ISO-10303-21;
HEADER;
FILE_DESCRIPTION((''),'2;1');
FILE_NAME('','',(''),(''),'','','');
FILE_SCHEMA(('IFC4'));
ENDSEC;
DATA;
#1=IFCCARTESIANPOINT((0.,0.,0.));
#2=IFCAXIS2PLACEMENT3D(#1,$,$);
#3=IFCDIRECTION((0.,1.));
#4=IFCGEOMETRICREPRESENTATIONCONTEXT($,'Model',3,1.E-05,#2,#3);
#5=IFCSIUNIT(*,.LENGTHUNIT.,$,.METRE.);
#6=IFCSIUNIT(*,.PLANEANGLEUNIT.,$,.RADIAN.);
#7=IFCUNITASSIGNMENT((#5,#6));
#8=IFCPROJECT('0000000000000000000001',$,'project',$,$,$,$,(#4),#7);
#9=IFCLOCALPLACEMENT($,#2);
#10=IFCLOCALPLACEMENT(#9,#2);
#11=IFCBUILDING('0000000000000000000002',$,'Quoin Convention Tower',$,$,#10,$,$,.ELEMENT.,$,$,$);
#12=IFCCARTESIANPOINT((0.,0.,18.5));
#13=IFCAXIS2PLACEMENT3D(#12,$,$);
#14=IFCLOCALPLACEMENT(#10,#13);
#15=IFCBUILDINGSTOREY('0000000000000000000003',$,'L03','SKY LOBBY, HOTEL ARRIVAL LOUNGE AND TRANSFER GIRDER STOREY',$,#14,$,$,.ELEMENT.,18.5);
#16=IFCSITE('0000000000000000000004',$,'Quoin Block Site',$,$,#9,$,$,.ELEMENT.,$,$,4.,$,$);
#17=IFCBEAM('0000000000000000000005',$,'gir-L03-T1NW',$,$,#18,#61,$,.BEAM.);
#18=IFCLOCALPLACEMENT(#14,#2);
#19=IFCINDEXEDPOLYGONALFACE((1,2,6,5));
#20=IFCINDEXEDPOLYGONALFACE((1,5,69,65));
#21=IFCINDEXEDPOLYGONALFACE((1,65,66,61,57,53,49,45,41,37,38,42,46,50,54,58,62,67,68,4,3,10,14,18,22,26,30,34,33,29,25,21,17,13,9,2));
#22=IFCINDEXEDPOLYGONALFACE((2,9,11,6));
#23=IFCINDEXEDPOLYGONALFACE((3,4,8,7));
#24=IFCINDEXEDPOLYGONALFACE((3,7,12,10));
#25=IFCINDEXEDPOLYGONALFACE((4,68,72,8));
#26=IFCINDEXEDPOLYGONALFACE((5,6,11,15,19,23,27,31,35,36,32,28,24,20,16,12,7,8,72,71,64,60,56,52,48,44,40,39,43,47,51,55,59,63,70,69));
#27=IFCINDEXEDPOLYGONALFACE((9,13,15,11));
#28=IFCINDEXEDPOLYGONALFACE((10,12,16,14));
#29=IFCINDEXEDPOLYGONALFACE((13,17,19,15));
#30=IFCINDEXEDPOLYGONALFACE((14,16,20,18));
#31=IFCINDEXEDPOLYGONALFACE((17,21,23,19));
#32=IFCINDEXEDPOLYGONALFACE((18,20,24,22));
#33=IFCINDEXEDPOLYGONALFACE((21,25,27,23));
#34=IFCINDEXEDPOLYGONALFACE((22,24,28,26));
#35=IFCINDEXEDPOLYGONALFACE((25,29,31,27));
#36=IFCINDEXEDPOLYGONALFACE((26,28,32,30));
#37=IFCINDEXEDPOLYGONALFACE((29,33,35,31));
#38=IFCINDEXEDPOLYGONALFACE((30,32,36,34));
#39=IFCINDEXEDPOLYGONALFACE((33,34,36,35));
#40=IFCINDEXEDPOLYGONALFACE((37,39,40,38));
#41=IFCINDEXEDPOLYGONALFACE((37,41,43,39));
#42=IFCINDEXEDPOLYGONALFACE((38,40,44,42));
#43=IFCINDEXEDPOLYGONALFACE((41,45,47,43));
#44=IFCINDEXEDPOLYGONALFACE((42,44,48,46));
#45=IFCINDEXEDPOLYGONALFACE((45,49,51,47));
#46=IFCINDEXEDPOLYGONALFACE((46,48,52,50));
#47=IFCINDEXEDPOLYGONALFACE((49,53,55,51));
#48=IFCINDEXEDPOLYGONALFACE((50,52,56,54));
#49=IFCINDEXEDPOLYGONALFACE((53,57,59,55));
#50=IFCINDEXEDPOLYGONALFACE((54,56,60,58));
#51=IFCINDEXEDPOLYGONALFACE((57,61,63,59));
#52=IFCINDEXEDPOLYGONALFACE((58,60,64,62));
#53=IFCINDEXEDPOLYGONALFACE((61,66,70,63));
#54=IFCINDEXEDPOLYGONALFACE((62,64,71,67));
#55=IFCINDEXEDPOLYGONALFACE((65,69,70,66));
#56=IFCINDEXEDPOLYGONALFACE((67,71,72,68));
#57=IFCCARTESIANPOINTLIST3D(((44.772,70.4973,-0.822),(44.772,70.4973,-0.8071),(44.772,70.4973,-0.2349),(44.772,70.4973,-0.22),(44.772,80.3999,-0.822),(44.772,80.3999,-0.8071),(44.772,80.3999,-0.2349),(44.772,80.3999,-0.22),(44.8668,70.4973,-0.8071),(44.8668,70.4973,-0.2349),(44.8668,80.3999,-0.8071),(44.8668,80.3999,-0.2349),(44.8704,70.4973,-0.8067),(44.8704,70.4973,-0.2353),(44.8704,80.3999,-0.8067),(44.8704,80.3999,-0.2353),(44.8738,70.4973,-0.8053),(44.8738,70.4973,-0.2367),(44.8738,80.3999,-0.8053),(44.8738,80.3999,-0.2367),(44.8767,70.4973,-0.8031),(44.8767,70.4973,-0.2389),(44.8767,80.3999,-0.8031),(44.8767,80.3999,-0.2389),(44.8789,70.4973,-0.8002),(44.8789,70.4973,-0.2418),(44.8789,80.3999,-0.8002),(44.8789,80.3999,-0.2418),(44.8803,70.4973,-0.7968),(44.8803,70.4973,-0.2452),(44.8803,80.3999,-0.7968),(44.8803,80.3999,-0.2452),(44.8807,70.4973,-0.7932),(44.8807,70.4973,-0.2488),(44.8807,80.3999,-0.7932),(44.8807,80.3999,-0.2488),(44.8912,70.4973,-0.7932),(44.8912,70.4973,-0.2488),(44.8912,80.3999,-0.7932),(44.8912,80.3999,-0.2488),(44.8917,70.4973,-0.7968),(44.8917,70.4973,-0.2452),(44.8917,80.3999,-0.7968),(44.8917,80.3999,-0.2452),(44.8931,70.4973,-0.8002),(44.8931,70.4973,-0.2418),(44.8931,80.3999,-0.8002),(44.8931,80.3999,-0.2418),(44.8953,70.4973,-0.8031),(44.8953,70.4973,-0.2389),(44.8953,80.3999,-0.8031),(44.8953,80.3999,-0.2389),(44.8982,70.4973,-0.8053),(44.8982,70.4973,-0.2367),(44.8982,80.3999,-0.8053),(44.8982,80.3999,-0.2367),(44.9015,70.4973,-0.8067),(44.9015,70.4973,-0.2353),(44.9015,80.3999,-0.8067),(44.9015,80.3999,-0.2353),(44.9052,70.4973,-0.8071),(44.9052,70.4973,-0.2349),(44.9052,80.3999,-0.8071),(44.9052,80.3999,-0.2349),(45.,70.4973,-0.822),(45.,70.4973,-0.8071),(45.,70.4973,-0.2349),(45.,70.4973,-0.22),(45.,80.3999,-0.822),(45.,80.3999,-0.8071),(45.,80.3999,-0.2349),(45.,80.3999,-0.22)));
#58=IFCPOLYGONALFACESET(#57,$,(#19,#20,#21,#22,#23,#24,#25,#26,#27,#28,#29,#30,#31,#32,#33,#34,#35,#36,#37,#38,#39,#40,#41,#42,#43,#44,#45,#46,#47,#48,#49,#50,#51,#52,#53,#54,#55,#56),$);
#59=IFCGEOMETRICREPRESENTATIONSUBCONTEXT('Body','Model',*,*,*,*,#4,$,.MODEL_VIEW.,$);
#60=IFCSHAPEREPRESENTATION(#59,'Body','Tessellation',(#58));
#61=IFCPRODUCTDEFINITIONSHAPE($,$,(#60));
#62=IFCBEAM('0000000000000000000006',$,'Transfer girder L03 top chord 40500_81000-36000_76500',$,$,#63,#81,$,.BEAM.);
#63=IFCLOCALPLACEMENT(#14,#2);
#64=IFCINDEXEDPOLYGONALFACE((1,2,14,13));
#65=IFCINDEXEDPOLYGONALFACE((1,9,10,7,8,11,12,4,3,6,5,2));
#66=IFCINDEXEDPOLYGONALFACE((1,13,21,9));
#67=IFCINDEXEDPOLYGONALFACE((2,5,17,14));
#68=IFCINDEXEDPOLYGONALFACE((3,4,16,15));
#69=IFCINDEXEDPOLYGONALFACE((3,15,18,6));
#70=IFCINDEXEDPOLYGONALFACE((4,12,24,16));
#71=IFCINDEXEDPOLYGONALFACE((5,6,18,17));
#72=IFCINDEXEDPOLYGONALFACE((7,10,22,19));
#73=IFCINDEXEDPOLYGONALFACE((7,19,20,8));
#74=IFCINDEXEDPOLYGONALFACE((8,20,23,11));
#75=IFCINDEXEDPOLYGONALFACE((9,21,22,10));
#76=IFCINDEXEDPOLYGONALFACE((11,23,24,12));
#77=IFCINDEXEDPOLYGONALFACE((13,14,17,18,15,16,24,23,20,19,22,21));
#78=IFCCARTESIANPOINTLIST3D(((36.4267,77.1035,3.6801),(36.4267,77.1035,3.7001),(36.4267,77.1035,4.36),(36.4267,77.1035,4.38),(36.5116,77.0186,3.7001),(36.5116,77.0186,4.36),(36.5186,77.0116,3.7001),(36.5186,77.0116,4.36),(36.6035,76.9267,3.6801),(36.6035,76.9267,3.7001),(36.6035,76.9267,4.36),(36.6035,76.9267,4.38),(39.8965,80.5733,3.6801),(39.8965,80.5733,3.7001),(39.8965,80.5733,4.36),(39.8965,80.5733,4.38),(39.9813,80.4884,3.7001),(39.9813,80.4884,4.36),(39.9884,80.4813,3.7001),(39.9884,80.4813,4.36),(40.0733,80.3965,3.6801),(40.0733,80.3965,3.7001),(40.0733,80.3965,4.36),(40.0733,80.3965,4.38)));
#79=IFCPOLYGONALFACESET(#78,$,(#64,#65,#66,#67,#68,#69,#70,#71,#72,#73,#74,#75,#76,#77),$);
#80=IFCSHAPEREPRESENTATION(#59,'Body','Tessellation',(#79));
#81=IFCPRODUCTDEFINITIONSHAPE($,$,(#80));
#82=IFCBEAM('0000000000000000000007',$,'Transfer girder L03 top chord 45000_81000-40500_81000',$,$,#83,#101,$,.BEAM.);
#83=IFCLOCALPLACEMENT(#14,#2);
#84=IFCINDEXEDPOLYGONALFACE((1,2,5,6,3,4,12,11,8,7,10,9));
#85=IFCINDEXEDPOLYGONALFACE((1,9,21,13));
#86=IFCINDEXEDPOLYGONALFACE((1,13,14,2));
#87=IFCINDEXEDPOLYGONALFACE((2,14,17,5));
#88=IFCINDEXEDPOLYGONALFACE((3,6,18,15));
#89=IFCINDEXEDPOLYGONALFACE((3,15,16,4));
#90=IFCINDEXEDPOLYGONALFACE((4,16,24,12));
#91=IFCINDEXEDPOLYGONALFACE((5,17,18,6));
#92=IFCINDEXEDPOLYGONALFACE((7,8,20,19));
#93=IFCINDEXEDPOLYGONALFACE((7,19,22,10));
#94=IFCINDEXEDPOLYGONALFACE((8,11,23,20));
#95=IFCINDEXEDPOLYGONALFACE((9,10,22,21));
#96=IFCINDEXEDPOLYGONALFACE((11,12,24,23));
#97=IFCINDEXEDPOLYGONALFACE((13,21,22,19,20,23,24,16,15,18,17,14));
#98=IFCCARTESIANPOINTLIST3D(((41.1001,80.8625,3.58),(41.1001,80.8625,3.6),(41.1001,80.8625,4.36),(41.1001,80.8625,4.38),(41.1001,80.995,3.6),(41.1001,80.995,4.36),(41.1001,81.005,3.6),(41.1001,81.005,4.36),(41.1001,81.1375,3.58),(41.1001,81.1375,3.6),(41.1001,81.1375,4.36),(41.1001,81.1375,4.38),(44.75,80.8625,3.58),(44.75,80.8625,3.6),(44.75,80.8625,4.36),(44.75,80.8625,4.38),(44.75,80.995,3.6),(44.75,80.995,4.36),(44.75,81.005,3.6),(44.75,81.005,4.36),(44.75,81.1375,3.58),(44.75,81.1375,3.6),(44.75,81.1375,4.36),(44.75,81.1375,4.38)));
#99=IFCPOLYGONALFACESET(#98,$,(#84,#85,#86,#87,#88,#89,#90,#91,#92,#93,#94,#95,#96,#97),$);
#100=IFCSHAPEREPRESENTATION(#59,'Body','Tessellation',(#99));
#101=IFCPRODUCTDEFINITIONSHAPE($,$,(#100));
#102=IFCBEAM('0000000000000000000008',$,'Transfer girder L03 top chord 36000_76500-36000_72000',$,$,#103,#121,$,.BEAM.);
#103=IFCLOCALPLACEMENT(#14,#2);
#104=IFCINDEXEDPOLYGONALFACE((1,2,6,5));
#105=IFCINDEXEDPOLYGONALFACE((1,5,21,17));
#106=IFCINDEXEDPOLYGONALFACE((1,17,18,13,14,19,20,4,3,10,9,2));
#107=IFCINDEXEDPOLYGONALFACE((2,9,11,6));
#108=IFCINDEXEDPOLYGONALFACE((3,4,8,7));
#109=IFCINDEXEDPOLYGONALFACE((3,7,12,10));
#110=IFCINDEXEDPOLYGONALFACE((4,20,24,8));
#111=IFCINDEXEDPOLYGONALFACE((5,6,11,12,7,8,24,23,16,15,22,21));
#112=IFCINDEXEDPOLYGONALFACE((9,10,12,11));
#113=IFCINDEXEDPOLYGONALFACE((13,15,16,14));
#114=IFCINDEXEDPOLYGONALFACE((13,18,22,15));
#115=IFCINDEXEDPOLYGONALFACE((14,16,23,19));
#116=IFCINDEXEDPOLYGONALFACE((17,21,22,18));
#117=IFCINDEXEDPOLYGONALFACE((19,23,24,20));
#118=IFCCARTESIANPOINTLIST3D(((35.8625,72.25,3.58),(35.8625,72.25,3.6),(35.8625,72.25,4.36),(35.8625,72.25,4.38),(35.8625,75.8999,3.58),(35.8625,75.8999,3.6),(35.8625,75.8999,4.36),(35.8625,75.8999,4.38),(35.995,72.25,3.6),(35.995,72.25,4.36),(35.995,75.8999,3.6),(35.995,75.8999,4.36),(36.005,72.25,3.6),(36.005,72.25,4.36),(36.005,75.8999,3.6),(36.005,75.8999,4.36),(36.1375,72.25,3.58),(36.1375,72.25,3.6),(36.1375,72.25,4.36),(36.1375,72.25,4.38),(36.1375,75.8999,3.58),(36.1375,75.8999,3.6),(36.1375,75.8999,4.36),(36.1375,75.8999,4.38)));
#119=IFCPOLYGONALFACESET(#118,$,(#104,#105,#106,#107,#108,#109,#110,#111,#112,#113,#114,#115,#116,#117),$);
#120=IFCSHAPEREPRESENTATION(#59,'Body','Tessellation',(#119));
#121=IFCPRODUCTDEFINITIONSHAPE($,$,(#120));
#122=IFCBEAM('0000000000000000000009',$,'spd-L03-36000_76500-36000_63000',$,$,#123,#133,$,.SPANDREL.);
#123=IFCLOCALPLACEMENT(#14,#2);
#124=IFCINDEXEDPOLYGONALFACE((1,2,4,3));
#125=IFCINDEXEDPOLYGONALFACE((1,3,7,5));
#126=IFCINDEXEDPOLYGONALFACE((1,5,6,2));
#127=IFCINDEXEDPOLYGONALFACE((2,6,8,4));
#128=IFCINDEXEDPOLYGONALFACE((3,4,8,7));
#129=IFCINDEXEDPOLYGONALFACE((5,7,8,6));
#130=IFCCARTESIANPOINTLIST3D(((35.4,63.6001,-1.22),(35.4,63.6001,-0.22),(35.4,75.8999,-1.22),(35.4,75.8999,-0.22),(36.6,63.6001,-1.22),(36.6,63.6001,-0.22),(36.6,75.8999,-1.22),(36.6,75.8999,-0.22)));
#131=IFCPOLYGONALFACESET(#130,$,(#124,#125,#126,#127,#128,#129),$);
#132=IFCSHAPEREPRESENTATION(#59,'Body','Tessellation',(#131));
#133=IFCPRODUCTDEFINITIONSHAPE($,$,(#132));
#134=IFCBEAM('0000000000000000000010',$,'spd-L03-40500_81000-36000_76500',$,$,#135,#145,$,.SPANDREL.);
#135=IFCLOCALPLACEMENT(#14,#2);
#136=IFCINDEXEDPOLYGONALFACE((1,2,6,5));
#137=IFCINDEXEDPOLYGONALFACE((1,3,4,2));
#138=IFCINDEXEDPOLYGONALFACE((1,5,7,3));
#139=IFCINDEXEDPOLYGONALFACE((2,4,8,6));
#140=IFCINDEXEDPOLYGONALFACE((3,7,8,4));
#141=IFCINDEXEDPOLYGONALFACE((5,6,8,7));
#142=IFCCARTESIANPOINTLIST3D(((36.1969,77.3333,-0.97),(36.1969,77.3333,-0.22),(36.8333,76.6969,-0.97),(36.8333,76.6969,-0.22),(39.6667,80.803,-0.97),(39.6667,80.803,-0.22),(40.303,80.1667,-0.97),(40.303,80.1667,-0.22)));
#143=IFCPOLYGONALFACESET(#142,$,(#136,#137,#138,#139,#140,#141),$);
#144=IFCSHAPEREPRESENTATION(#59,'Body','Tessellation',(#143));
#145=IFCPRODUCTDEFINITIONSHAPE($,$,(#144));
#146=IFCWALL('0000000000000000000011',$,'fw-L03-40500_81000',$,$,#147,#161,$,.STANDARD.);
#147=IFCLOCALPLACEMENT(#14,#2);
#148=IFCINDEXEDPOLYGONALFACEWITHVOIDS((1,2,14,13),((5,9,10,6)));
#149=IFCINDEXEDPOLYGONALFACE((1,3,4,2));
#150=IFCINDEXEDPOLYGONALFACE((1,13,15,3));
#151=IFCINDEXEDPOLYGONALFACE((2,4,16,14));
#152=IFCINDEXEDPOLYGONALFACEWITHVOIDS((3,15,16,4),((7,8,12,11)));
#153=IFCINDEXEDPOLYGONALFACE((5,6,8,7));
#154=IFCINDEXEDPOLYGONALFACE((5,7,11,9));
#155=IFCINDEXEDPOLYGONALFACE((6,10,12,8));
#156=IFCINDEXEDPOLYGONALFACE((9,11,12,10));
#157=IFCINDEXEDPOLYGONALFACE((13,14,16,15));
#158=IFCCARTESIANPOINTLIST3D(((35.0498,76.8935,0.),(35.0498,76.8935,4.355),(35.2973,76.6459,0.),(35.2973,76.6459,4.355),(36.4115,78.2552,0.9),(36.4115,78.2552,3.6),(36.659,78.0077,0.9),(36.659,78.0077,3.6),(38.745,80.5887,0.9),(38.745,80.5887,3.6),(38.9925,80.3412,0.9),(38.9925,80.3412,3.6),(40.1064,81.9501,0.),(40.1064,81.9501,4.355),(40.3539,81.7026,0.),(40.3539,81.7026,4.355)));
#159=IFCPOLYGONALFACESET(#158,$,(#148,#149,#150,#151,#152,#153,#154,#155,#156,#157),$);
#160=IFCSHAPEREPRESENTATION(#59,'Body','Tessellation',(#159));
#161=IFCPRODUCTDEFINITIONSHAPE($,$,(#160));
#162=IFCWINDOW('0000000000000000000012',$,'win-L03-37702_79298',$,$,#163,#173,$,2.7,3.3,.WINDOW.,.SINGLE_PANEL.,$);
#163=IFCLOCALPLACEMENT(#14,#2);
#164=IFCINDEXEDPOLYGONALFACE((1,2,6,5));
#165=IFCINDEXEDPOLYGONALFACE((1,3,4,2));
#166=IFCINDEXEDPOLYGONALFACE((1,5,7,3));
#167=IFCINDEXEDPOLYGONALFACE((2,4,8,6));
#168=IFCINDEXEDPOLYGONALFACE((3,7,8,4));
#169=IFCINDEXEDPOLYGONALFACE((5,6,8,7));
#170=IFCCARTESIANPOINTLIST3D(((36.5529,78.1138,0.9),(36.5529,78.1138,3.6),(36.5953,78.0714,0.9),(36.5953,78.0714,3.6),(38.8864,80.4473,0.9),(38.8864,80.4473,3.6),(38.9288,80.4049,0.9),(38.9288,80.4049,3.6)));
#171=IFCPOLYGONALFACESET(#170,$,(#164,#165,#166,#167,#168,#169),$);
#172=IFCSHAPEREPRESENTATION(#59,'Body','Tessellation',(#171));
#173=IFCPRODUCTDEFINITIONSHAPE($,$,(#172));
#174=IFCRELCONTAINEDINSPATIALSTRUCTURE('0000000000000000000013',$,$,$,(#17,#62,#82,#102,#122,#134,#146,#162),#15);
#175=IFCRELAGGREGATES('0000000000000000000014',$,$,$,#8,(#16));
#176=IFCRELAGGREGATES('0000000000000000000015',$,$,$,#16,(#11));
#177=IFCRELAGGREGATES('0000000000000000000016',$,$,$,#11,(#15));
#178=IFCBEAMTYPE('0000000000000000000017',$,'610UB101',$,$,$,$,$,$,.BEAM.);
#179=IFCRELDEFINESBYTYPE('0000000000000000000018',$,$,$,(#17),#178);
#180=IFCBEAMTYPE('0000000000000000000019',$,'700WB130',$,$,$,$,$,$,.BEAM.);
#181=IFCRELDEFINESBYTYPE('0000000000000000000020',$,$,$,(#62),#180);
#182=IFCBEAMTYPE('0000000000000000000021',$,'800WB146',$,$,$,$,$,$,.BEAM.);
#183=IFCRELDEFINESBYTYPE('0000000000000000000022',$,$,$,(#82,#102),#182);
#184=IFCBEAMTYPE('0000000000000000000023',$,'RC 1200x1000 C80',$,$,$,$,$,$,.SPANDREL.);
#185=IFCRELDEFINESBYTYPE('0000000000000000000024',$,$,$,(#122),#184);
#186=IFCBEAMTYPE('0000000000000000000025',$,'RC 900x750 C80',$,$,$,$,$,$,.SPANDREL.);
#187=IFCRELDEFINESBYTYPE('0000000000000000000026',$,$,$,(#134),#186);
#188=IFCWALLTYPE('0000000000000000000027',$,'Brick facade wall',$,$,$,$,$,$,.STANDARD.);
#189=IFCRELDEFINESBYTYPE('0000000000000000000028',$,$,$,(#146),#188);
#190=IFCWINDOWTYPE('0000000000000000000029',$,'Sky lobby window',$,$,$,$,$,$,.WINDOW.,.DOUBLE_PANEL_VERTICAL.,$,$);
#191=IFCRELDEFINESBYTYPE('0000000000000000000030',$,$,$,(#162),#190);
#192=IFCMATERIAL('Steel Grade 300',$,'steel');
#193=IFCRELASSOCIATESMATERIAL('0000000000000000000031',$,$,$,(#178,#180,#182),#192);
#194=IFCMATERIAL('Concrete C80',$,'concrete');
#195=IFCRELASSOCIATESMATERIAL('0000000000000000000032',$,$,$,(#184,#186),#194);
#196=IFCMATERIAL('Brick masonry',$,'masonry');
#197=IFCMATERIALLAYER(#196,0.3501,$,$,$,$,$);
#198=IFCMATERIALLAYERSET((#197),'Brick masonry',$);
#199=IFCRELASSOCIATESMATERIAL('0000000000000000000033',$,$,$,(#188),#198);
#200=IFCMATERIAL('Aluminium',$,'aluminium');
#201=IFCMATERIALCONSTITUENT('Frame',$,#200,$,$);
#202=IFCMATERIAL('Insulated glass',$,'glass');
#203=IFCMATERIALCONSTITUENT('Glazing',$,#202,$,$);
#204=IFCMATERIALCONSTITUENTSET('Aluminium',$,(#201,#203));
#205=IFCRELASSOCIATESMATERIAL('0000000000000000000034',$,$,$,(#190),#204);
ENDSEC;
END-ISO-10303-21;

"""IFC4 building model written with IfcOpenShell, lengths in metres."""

from ifc_helpers import new_model, si_unit, direction, frame, frame_2d, origin, origin_2d, place, context, subcontext, project, spatial, rectangle, i_section, extrude, material, layer, layer_set, constituent, constituent_set, material_profile, profile_set, type_object, element, fill, save


model = new_model("IFC4")

# Units and contexts
model_context = context("Model", 3, precision=1e-05, world=origin(), true_north=direction((0.0, 1.0)))
body_context = subcontext(model_context, "Body", "Model", "MODEL_VIEW")
ifc_project = project(units=[si_unit("LENGTHUNIT", "METRE"), si_unit("PLANEANGLEUNIT", "RADIAN")], contexts=[model_context])

# Site, building, storey
site_placement = place(None, origin())
site = spatial("IfcSite", under=ifc_project, at=site_placement, Name="Quoin Block Site", CompositionType="ELEMENT", RefElevation=4.0)
building_placement = place(site_placement, origin())
building = spatial("IfcBuilding", under=site, at=building_placement, Name="Quoin Convention Tower", CompositionType="ELEMENT")
storey_placement = place(building_placement, frame((0.0, 0.0, 18.5)))
storey = spatial("IfcBuildingStorey", under=building, at=storey_placement, Name="L03", Description="SKY LOBBY, HOTEL ARRIVAL LOUNGE AND TRANSFER GIRDER STOREY", CompositionType="ELEMENT", Elevation=18.5)

# Shared definitions
ifc_material_1 = material(Name="Concrete C80", Category="concrete")

# Shared definitions
ifc_material_2 = material(Name="Steel Grade 300", Category="steel")

# Beams
ifc_material_profile_1 = material_profile(ifc_material_2, i_section(OverallWidth=0.228, OverallDepth=0.6021, WebThickness=0.0105, FlangeThickness=0.0149, FilletRadius=0.0139, at=origin_2d()), Name="610UB101")
ifc_profile_set_1 = profile_set([ifc_material_profile_1], Name="Steel Grade 300")
beam_type_1 = type_object("IfcBeamType", Name="610UB101", PredefinedType="BEAM", material=ifc_profile_set_1)
beam_1_placement = place(storey_placement, frame((44.886, 80.3999, -0.521), z_axis=(0.0, -1.0, 0.0), x_axis=(1.0, 0.0, 0.0)))
element("IfcBeam", 1, at=beam_1_placement, inside=storey, type_object=beam_type_1, Name="gir-L03-T1NW", PredefinedType="BEAM", context=body_context, shape_type="SweptSolid", body=[
    extrude(i_section(OverallWidth=0.228, OverallDepth=0.6021, WebThickness=0.0105, FlangeThickness=0.0149, FilletRadius=0.0139, at=origin_2d()), origin(), (0.0, 0.0, 1.0), 9.9026),
])
ifc_material_profile_2 = material_profile(ifc_material_2, i_section(OverallWidth=0.25, OverallDepth=0.7, WebThickness=0.01, FlangeThickness=0.02, at=origin_2d()), Name="700WB130")
ifc_profile_set_2 = profile_set([ifc_material_profile_2], Name="Steel Grade 300")
beam_type_2 = type_object("IfcBeamType", Name="700WB130", PredefinedType="BEAM", material=ifc_profile_set_2)
beam_2_placement = place(storey_placement, frame((39.9849, 80.4849, 4.03), z_axis=(-0.707107, -0.707107, 0.0), x_axis=(0.707107, -0.707107, 0.0)))
element("IfcBeam", 2, at=beam_2_placement, inside=storey, type_object=beam_type_2, Name="Transfer girder L03 top chord 40500_81000-36000_76500", PredefinedType="BEAM", context=body_context, shape_type="SweptSolid", body=[
    extrude(i_section(OverallWidth=0.25, OverallDepth=0.7, WebThickness=0.01, FlangeThickness=0.02, at=origin_2d()), origin(), (0.0, 0.0, 1.0), 4.907),
])
ifc_material_profile_3 = material_profile(ifc_material_2, i_section(OverallWidth=0.2749, OverallDepth=0.8, WebThickness=0.01, FlangeThickness=0.02, at=origin_2d()), Name="800WB146")
ifc_profile_set_3 = profile_set([ifc_material_profile_3], Name="Steel Grade 300")
beam_type_3 = type_object("IfcBeamType", Name="800WB146", PredefinedType="BEAM", material=ifc_profile_set_3)
for number, where, z_axis, x_axis, name in (
    (3, (44.75, 81.0, 3.98), (-1.0, 0.0, 0.0), (0.0, -1.0, 0.0), "Transfer girder L03 top chord 45000_81000-40500_81000"),
    (4, (36.0, 75.8999, 3.98), (0.0, -1.0, 0.0), (1.0, 0.0, 0.0), "Transfer girder L03 top chord 36000_76500-36000_72000"),
):
    element("IfcBeam", number, at=place(storey_placement, frame(where, z_axis=z_axis, x_axis=x_axis)), inside=storey, type_object=beam_type_3, Name=name, PredefinedType="BEAM", context=body_context, shape_type="SweptSolid", body=[
        extrude(i_section(OverallWidth=0.2749, OverallDepth=0.8, WebThickness=0.01, FlangeThickness=0.02, at=origin_2d()), origin(), (0.0, 0.0, 1.0), 3.6499),
    ])
ifc_material_profile_4 = material_profile(ifc_material_1, rectangle(XDim=1.2, YDim=1.0, at=origin_2d()), Name="RC 1200x1000")
ifc_profile_set_4 = profile_set([ifc_material_profile_4], Name="Concrete C80")
beam_type_4 = type_object("IfcBeamType", Name="RC 1200x1000 C80", PredefinedType="SPANDREL", material=ifc_profile_set_4)
beam_3_placement = place(storey_placement, frame((36.0, 75.8999, -0.72), z_axis=(0.0, -1.0, 0.0), x_axis=(1.0, 0.0, 0.0)))
element("IfcBeam", 5, at=beam_3_placement, inside=storey, type_object=beam_type_4, Name="spd-L03-36000_76500-36000_63000", PredefinedType="SPANDREL", context=body_context, shape_type="SweptSolid", body=[
    extrude(rectangle(XDim=1.2, YDim=1.0, at=origin_2d()), origin(), (0.0, 0.0, 1.0), 12.2998),
])
ifc_material_profile_5 = material_profile(ifc_material_1, rectangle(XDim=0.8999, YDim=0.75, at=origin_2d()), Name="RC 900x750")
ifc_profile_set_5 = profile_set([ifc_material_profile_5], Name="Concrete C80")
beam_type_5 = type_object("IfcBeamType", Name="RC 900x750 C80", PredefinedType="SPANDREL", material=ifc_profile_set_5)
beam_4_placement = place(storey_placement, frame((39.9849, 80.4849, -0.595), z_axis=(-0.707107, -0.707107, 0.0), x_axis=(0.707107, -0.707107, 0.0)))
element("IfcBeam", 6, at=beam_4_placement, inside=storey, type_object=beam_type_5, Name="spd-L03-40500_81000-36000_76500", PredefinedType="SPANDREL", context=body_context, shape_type="SweptSolid", body=[
    extrude(rectangle(XDim=0.8999, YDim=0.75, at=origin_2d()), origin(), (0.0, 0.0, 1.0), 4.907),
])

# Wall, opening, window
ifc_material_3 = material(Name="Brick masonry", Category="masonry")
ifc_layer_1 = layer(ifc_material_3, 0.3501)
ifc_layer_set_1 = layer_set([ifc_layer_1], Name="Brick masonry")
wall_type_1 = type_object("IfcWallType", Name="Brick facade wall", PredefinedType="STANDARD", material=ifc_layer_set_1)
wall_1_placement = place(storey_placement, frame((40.2302, 81.8264, 0.0), z_axis=(0.0, 0.0, 1.0), x_axis=(-0.707107, -0.707107, 0.0)))
wall_1 = element("IfcWall", 7, at=wall_1_placement, inside=storey, type_object=wall_type_1, Name="fw-L03-40500_81000", PredefinedType="STANDARD", context=body_context, shape_type="SweptSolid", body=[
    extrude(rectangle(XDim=7.1511, YDim=0.3501, at=frame_2d((3.5757, 0.0))), origin(), (0.0, 0.0, 1.0), 4.355),
])
opening_1_placement = place(wall_1_placement, frame((1.9255, 0.0, 0.8999)))
opening_1 = element("IfcOpeningElement", 8, at=opening_1_placement, cuts=wall_1, PredefinedType="OPENING", context=body_context, shape_type="SweptSolid", body=[
    extrude(rectangle(XDim=3.3, YDim=2.7, at=frame_2d((1.6499, 1.3501))), frame((0.0, 0.1851, 0.0), z_axis=(0.0, -1.0, 0.0), x_axis=(1.0, 0.0, 0.0)), (0.0, 0.0, 1.0), 0.3701),
])
ifc_material_4 = material(Name="Aluminium", Category="aluminium")
ifc_constituent_1 = constituent(ifc_material_4, Name="Frame")
ifc_material_5 = material(Name="Insulated glass", Category="glass")
ifc_constituent_2 = constituent(ifc_material_5, Name="Glazing")
ifc_constituent_set = constituent_set(constituents=[ifc_constituent_1, ifc_constituent_2], Name="Aluminium")
window_type = type_object("IfcWindowType", Name="Sky lobby window", PartitioningType="DOUBLE_PANEL_VERTICAL", PredefinedType="WINDOW", material=ifc_constituent_set)
window_placement = place(opening_1_placement, origin())
window = element("IfcWindow", 9, at=window_placement, inside=storey, type_object=window_type, Name="win-L03-37702_79298", OverallHeight=2.7, OverallWidth=3.3, PartitioningType="SINGLE_PANEL", PredefinedType="WINDOW", context=body_context, shape_type="SweptSolid", body=[
    extrude(rectangle(XDim=3.3, YDim=2.7, at=frame_2d((1.6499, 1.3501))), frame((0.0, 0.085, 0.0), z_axis=(0.0, -1.0, 0.0), x_axis=(1.0, 0.0, 0.0)), (0.0, 0.0, 1.0), 0.0601),
])
fill(opening_1, window)

save(model, "model.ifc")
